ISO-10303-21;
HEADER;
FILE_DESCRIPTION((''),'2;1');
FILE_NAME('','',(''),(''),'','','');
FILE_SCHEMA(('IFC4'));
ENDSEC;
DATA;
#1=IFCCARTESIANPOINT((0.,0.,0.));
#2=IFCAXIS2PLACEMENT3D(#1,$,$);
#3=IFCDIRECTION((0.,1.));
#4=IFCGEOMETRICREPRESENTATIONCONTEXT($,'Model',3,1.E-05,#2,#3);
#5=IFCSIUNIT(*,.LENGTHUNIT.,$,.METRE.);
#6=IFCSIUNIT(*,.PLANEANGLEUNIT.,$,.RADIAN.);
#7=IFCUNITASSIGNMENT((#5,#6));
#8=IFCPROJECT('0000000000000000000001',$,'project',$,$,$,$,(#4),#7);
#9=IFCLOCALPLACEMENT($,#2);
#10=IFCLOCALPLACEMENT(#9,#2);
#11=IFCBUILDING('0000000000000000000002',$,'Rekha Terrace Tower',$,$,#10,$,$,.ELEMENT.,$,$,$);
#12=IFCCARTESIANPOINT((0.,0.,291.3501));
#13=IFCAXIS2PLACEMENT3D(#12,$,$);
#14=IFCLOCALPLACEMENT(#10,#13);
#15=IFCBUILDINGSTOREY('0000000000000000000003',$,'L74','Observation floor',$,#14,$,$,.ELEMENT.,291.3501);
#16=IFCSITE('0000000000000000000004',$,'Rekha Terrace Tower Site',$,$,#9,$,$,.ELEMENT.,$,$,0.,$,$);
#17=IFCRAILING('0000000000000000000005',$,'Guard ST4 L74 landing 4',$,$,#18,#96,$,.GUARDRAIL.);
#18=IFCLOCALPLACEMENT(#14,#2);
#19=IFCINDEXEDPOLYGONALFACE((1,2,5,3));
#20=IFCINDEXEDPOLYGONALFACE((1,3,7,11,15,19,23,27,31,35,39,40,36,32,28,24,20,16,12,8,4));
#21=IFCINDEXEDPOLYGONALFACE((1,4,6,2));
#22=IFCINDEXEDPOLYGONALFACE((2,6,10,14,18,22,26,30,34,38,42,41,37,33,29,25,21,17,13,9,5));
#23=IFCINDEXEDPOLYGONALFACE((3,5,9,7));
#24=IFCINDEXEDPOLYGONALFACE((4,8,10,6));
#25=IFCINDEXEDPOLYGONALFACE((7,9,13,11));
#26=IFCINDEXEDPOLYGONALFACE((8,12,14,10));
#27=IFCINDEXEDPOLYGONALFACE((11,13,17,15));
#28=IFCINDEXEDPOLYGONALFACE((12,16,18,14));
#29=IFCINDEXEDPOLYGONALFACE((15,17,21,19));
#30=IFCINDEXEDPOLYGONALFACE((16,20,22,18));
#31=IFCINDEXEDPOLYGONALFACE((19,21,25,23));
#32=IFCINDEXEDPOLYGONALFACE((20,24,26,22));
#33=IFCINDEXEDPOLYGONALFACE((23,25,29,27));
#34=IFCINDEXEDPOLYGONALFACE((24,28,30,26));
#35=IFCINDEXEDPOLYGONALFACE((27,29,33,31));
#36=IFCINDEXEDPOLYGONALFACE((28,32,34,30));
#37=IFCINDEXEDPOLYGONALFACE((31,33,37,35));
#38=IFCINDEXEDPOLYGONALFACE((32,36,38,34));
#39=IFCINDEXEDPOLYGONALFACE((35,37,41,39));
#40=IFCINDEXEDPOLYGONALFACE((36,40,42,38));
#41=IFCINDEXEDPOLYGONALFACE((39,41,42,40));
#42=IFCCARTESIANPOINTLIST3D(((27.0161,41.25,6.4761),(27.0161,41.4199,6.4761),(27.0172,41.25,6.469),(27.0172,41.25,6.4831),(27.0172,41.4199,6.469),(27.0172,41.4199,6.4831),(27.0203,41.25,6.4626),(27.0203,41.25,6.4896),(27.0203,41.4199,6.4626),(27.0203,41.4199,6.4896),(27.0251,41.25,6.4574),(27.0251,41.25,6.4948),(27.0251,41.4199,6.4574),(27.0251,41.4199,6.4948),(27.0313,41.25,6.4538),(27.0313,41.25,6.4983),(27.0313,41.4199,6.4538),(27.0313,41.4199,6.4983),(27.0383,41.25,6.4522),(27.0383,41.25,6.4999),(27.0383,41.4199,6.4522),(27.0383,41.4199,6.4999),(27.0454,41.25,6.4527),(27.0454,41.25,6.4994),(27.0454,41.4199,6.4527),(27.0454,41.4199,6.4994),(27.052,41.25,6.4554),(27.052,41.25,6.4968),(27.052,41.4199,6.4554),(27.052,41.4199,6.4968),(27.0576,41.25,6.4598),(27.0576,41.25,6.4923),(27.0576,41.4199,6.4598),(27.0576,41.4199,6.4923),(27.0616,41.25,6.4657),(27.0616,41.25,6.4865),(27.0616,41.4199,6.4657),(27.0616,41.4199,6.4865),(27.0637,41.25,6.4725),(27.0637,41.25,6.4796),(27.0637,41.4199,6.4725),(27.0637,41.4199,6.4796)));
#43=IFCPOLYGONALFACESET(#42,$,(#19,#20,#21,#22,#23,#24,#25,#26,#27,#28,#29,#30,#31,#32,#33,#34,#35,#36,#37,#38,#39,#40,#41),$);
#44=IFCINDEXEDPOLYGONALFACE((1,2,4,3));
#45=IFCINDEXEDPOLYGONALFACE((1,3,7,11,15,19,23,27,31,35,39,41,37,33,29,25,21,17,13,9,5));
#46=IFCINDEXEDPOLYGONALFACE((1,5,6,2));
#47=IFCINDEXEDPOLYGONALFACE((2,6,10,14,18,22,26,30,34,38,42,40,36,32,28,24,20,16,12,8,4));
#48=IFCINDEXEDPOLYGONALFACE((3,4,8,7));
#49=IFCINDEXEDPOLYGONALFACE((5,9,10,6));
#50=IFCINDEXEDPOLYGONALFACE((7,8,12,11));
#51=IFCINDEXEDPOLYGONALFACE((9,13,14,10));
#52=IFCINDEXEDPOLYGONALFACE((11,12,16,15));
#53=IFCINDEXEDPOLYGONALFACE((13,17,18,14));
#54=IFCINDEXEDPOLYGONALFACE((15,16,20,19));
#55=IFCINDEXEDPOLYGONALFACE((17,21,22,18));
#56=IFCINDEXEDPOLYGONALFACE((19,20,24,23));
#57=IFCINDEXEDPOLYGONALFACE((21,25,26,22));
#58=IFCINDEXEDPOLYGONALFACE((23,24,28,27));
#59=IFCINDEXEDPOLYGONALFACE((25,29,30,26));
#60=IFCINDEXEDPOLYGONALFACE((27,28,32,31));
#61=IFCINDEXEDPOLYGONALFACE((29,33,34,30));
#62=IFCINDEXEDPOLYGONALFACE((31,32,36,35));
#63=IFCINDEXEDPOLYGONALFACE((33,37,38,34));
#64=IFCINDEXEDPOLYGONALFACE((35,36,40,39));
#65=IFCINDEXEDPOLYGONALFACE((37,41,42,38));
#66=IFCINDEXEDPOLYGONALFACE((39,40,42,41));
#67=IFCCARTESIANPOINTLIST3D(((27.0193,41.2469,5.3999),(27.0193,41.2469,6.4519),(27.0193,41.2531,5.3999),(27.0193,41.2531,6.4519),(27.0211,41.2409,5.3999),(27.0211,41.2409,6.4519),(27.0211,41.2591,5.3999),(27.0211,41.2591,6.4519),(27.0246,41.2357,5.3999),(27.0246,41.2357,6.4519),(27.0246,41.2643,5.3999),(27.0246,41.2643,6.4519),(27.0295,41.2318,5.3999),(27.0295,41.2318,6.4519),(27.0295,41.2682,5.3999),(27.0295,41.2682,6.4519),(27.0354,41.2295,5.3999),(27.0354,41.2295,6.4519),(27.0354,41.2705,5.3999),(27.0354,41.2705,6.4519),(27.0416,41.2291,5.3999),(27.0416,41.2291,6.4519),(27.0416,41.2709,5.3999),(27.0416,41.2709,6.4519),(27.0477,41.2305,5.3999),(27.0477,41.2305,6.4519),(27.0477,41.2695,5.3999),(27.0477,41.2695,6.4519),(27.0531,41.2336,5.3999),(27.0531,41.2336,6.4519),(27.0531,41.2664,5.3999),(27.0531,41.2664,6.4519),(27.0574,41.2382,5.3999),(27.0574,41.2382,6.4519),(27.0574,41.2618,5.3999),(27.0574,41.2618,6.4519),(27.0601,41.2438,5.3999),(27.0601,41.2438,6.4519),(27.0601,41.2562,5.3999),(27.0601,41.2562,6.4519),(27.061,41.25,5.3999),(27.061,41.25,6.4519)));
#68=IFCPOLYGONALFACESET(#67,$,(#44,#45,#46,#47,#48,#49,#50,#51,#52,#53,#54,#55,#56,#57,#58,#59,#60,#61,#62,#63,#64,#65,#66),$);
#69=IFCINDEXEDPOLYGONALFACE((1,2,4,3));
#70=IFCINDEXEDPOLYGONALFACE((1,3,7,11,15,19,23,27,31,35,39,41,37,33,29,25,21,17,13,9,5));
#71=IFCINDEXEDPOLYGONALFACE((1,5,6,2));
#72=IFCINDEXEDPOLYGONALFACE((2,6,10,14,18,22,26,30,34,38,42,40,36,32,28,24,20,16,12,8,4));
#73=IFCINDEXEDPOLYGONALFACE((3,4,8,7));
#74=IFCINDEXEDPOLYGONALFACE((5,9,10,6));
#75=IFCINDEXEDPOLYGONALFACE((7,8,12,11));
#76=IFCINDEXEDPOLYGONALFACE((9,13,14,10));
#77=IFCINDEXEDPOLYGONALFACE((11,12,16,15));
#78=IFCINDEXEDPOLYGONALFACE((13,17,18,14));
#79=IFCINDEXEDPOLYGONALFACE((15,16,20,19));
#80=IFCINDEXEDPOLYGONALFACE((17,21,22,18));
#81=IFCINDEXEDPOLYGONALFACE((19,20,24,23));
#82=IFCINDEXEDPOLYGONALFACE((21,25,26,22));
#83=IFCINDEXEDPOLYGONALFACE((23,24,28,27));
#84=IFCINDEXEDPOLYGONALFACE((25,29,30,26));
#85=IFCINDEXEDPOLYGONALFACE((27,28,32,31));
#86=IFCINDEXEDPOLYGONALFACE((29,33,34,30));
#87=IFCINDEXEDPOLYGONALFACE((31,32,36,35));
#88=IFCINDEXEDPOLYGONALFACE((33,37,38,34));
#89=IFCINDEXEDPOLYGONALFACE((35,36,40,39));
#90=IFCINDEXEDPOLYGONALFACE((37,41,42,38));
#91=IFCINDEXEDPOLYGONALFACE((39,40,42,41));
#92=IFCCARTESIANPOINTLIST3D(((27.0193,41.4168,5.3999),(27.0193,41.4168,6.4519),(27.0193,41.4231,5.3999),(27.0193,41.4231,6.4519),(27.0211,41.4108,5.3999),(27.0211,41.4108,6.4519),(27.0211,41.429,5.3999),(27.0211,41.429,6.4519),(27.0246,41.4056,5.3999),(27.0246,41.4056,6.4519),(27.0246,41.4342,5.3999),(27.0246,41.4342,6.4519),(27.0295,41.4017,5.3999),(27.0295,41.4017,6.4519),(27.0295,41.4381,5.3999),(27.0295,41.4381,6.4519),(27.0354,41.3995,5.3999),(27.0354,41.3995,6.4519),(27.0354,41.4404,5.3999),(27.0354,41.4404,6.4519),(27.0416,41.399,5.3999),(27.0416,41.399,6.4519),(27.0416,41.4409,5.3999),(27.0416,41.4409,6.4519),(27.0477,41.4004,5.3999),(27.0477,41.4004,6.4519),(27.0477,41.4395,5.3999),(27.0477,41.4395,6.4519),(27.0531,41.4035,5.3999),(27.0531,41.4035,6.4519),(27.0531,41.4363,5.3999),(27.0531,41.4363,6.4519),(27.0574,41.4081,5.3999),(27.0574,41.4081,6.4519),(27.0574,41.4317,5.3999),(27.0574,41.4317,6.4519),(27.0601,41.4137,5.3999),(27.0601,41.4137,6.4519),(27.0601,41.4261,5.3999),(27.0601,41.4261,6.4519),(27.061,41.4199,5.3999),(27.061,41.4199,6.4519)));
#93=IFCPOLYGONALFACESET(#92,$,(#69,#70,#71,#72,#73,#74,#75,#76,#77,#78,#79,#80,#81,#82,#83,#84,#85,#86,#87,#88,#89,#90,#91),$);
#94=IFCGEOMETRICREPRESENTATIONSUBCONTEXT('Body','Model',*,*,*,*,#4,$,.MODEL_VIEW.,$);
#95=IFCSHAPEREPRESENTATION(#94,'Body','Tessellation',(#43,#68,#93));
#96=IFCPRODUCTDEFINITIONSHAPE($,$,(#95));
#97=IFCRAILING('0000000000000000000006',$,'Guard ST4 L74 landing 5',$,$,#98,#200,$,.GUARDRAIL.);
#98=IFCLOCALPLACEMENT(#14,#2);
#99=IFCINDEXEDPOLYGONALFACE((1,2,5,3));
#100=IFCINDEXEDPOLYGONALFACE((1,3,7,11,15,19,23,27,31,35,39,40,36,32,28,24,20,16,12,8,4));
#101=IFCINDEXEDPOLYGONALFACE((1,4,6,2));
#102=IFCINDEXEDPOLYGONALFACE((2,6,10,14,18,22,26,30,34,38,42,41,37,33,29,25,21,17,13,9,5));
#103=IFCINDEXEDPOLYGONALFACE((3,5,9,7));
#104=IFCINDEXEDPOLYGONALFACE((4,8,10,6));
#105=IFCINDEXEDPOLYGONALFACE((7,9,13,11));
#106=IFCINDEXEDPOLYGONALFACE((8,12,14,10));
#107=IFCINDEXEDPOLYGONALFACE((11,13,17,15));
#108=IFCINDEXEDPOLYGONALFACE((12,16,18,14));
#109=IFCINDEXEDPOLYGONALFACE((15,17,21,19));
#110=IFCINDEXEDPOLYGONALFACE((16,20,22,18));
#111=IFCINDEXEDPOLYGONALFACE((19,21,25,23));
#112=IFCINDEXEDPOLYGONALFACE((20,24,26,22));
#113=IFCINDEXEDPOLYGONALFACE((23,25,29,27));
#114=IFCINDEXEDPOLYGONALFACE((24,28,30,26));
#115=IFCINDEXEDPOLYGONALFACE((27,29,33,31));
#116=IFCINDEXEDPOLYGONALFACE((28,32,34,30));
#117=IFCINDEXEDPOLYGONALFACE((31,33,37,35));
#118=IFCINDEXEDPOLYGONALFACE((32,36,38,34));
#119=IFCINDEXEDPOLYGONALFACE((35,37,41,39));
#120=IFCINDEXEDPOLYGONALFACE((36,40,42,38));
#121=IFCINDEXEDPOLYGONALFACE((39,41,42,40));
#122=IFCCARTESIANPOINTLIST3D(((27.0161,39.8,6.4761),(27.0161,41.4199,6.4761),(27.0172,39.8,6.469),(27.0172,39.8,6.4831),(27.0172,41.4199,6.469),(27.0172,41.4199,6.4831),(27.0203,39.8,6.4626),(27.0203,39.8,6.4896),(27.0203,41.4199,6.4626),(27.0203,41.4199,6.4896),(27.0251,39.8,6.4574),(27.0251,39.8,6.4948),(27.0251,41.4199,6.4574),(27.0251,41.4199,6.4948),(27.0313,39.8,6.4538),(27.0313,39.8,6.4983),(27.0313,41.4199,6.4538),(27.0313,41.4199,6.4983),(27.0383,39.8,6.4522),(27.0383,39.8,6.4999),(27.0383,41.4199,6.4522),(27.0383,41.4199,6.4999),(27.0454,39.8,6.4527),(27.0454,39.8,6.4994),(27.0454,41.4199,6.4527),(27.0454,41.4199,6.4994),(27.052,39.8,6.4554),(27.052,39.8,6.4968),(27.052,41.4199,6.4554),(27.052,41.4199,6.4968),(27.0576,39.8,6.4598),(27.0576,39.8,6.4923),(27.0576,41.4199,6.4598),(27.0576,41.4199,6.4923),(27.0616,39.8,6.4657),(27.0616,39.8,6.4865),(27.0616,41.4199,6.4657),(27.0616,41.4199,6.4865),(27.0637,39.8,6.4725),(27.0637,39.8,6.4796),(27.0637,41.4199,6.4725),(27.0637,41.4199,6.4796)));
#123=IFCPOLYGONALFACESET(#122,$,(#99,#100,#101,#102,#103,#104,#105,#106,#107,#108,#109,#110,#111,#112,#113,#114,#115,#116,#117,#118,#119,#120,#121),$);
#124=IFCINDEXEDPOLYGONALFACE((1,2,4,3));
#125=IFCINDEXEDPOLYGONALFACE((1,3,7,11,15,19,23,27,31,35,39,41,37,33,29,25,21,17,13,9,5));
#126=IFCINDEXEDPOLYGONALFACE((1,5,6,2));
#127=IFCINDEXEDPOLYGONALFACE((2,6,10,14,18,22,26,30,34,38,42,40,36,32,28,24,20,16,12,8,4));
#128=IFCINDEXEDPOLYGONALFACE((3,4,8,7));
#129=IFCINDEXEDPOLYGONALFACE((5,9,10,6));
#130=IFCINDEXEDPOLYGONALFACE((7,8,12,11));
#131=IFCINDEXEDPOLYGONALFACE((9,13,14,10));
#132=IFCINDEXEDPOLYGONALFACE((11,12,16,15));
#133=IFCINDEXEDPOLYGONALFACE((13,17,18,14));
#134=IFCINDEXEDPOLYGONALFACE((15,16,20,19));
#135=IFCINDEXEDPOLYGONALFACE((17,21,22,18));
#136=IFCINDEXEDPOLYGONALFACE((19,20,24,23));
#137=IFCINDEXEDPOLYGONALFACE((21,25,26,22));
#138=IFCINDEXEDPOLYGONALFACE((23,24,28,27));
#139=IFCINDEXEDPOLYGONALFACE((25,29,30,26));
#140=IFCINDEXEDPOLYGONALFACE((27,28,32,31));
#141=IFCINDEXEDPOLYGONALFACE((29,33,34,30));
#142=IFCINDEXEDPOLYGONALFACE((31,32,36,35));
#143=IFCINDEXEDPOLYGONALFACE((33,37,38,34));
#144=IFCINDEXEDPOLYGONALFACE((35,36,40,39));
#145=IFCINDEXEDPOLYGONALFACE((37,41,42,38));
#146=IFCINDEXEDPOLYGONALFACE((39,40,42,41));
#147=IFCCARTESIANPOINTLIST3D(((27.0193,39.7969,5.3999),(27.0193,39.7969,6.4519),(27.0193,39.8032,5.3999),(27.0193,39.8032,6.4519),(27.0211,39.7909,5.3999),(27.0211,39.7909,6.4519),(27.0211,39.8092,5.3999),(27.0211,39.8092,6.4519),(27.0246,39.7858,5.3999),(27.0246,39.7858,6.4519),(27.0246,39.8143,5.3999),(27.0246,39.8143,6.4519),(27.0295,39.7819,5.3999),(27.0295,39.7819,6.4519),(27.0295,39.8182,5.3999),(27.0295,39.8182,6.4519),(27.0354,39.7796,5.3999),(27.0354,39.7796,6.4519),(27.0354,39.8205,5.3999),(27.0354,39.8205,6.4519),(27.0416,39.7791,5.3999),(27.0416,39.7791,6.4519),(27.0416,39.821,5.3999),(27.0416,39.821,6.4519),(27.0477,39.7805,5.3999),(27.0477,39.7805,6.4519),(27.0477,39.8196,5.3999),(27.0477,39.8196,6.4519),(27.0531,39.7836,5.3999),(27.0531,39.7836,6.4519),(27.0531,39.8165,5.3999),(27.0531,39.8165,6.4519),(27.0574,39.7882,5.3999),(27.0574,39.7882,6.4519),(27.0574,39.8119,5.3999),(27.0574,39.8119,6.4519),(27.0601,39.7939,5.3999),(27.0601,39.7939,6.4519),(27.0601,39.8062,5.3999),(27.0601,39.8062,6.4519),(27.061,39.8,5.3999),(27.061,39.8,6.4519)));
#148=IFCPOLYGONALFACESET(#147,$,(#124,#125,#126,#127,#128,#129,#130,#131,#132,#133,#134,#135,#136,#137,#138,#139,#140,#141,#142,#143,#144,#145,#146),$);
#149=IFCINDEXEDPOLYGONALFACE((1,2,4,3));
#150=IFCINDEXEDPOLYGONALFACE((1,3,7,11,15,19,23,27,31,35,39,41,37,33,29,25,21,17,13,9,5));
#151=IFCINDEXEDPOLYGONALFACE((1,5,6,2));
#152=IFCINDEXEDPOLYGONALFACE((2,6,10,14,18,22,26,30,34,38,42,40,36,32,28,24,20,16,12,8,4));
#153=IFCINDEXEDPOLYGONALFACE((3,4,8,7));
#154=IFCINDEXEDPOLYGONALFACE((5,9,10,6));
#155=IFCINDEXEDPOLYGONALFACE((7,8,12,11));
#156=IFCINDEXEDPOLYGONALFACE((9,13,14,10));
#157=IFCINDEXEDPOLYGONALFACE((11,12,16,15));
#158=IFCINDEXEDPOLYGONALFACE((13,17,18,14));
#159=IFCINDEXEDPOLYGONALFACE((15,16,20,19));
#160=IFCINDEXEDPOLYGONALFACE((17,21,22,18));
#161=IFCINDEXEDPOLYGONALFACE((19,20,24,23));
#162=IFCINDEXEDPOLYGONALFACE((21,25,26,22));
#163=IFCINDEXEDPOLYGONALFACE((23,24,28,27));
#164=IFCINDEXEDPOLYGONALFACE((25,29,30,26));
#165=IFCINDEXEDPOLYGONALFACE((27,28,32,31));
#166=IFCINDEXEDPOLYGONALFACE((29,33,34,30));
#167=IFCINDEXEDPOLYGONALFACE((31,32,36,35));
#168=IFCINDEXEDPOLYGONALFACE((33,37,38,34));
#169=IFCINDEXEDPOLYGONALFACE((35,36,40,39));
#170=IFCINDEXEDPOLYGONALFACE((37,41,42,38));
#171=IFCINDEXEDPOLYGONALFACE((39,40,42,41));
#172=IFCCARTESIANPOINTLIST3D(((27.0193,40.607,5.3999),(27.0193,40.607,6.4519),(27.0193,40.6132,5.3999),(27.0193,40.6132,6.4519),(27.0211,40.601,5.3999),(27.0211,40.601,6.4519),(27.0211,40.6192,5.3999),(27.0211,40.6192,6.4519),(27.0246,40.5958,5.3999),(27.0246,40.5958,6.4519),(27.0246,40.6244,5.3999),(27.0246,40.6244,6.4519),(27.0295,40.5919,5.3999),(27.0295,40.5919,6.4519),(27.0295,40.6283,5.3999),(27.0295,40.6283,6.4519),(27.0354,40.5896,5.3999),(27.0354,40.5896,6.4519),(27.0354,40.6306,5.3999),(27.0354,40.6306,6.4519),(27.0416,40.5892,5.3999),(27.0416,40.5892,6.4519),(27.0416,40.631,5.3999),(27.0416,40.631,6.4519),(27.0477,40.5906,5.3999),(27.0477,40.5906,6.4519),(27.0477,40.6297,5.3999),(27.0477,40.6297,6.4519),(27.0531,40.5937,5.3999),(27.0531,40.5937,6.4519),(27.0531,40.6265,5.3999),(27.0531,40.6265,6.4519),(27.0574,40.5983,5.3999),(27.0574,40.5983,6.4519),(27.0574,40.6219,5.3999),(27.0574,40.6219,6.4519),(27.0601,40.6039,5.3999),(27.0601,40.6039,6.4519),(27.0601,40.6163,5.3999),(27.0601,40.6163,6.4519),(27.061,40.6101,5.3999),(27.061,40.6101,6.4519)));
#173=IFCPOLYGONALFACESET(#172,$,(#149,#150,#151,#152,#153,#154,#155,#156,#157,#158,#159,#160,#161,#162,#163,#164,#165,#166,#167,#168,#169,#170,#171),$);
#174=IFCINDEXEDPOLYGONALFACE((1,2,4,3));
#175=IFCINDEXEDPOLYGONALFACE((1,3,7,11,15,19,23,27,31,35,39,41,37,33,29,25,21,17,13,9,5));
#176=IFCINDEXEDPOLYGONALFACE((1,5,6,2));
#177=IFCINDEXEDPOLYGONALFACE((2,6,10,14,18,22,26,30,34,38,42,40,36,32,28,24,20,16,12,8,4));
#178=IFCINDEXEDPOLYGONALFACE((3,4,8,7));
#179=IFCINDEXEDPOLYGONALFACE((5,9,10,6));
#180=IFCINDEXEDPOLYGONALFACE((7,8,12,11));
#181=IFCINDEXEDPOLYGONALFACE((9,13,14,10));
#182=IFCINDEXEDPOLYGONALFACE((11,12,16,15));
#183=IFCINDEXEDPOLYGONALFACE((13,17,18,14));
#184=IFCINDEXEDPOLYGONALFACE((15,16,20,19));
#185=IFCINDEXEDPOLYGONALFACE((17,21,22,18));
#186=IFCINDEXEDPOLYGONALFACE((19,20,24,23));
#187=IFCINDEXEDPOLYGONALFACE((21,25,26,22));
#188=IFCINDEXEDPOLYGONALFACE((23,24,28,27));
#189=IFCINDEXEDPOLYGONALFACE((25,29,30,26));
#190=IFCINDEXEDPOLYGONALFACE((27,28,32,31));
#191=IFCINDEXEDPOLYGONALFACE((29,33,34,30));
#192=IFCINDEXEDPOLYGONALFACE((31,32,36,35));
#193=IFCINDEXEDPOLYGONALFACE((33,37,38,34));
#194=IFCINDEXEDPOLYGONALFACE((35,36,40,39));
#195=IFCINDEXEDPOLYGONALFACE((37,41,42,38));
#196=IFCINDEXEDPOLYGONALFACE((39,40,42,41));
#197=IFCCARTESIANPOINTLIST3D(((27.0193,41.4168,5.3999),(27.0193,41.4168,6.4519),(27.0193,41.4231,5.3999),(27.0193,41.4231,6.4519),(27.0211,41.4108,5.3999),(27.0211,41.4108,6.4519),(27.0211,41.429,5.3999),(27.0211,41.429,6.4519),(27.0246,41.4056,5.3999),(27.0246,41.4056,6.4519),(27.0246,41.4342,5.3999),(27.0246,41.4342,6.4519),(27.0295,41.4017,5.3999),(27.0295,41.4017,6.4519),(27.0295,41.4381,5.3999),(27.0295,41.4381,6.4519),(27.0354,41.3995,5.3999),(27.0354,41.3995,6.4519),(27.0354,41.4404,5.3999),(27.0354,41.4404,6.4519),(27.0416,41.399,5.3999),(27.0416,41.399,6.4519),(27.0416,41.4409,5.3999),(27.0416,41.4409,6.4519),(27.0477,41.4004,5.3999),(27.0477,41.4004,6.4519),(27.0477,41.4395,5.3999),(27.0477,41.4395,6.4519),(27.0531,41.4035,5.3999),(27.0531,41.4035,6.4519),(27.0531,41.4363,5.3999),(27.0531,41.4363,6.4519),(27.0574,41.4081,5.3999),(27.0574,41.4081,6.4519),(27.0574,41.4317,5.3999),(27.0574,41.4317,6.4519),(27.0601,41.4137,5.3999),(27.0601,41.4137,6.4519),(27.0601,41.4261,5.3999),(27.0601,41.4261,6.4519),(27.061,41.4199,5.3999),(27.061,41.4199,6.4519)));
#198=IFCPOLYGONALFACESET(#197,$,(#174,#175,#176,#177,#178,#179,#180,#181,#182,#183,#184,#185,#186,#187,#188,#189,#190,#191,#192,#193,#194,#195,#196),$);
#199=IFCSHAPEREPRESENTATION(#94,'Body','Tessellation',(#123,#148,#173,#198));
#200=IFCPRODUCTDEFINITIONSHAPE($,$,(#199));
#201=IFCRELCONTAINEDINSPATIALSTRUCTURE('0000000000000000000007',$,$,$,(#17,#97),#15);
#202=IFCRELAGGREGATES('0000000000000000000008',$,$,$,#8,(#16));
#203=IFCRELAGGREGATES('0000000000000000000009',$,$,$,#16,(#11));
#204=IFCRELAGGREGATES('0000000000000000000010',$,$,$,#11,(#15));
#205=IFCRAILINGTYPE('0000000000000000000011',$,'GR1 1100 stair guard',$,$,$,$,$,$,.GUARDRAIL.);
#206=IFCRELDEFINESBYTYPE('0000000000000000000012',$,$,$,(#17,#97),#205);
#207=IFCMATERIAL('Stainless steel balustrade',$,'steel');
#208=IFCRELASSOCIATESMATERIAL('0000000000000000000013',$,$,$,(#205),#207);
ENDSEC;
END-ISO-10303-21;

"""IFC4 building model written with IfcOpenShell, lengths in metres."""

from ifc_helpers import new_model, si_unit, direction, frame, origin, origin_2d, place, context, subcontext, project, spatial, circle, extrude, material, type_object, element, save


model = new_model("IFC4")

# Units and contexts
model_context = context("Model", 3, precision=1e-05, world=origin(), true_north=direction((0.0, 1.0)))
body_context = subcontext(model_context, "Body", "Model", "MODEL_VIEW")
ifc_project = project(units=[si_unit("LENGTHUNIT", "METRE"), si_unit("PLANEANGLEUNIT", "RADIAN")], contexts=[model_context])

# Site, building, storey
site_placement = place(None, origin())
site = spatial("IfcSite", under=ifc_project, at=site_placement, Name="Rekha Terrace Tower Site", CompositionType="ELEMENT", RefElevation=0.0)
building_placement = place(site_placement, origin())
building = spatial("IfcBuilding", under=site, at=building_placement, Name="Rekha Terrace Tower", CompositionType="ELEMENT")
storey_placement = place(building_placement, frame((0.0, 0.0, 291.3501)))
storey = spatial("IfcBuildingStorey", under=building, at=storey_placement, Name="L74", Description="Observation floor", CompositionType="ELEMENT", Elevation=291.3501)

# Railings
ifc_material_1 = material(Name="Stainless steel balustrade", Category="steel")
railing_type_1 = type_object("IfcRailingType", Name="GR1 1100 stair guard", PredefinedType="GUARDRAIL", material=ifc_material_1)
railing_1_placement = place(storey_placement, frame((27.04, 41.25, 5.3999)))
element("IfcRailing", 1, at=railing_1_placement, inside=storey, type_object=railing_type_1, Name="Guard ST4 L74 landing 4", PredefinedType="GUARDRAIL", context=body_context, shape_type="SweptSolid", body=[
    extrude(circle(Radius=0.0239, at=origin_2d()), frame((0.0, 0.0, 1.0762), z_axis=(0.0, 1.0, 0.0), x_axis=(-1.0, 0.0, 0.0)), (0.0, 0.0, 1.0), 0.1699),
    extrude(circle(Radius=0.021, at=origin_2d()), origin(), (0.0, 0.0, 1.0), 1.052),
    extrude(circle(Radius=0.021, at=origin_2d()), frame((0.0, 0.1699, 0.0)), (0.0, 0.0, 1.0), 1.052),
])
railing_2_placement = place(storey_placement, frame((27.04, 39.8, 5.3999)))
element("IfcRailing", 2, at=railing_2_placement, inside=storey, type_object=railing_type_1, Name="Guard ST4 L74 landing 5", PredefinedType="GUARDRAIL", context=body_context, shape_type="SweptSolid", body=[
    extrude(circle(Radius=0.0239, at=origin_2d()), frame((0.0, 0.0, 1.0762), z_axis=(0.0, 1.0, 0.0), x_axis=(-1.0, 0.0, 0.0)), (0.0, 0.0, 1.0), 1.6199),
    extrude(circle(Radius=0.021, at=origin_2d()), origin(), (0.0, 0.0, 1.0), 1.052),
    extrude(circle(Radius=0.021, at=origin_2d()), frame((0.0, 0.8101, 0.0)), (0.0, 0.0, 1.0), 1.052),
    extrude(circle(Radius=0.021, at=origin_2d()), frame((0.0, 1.6199, 0.0)), (0.0, 0.0, 1.0), 1.052),
])

save(model, "model.ifc")
